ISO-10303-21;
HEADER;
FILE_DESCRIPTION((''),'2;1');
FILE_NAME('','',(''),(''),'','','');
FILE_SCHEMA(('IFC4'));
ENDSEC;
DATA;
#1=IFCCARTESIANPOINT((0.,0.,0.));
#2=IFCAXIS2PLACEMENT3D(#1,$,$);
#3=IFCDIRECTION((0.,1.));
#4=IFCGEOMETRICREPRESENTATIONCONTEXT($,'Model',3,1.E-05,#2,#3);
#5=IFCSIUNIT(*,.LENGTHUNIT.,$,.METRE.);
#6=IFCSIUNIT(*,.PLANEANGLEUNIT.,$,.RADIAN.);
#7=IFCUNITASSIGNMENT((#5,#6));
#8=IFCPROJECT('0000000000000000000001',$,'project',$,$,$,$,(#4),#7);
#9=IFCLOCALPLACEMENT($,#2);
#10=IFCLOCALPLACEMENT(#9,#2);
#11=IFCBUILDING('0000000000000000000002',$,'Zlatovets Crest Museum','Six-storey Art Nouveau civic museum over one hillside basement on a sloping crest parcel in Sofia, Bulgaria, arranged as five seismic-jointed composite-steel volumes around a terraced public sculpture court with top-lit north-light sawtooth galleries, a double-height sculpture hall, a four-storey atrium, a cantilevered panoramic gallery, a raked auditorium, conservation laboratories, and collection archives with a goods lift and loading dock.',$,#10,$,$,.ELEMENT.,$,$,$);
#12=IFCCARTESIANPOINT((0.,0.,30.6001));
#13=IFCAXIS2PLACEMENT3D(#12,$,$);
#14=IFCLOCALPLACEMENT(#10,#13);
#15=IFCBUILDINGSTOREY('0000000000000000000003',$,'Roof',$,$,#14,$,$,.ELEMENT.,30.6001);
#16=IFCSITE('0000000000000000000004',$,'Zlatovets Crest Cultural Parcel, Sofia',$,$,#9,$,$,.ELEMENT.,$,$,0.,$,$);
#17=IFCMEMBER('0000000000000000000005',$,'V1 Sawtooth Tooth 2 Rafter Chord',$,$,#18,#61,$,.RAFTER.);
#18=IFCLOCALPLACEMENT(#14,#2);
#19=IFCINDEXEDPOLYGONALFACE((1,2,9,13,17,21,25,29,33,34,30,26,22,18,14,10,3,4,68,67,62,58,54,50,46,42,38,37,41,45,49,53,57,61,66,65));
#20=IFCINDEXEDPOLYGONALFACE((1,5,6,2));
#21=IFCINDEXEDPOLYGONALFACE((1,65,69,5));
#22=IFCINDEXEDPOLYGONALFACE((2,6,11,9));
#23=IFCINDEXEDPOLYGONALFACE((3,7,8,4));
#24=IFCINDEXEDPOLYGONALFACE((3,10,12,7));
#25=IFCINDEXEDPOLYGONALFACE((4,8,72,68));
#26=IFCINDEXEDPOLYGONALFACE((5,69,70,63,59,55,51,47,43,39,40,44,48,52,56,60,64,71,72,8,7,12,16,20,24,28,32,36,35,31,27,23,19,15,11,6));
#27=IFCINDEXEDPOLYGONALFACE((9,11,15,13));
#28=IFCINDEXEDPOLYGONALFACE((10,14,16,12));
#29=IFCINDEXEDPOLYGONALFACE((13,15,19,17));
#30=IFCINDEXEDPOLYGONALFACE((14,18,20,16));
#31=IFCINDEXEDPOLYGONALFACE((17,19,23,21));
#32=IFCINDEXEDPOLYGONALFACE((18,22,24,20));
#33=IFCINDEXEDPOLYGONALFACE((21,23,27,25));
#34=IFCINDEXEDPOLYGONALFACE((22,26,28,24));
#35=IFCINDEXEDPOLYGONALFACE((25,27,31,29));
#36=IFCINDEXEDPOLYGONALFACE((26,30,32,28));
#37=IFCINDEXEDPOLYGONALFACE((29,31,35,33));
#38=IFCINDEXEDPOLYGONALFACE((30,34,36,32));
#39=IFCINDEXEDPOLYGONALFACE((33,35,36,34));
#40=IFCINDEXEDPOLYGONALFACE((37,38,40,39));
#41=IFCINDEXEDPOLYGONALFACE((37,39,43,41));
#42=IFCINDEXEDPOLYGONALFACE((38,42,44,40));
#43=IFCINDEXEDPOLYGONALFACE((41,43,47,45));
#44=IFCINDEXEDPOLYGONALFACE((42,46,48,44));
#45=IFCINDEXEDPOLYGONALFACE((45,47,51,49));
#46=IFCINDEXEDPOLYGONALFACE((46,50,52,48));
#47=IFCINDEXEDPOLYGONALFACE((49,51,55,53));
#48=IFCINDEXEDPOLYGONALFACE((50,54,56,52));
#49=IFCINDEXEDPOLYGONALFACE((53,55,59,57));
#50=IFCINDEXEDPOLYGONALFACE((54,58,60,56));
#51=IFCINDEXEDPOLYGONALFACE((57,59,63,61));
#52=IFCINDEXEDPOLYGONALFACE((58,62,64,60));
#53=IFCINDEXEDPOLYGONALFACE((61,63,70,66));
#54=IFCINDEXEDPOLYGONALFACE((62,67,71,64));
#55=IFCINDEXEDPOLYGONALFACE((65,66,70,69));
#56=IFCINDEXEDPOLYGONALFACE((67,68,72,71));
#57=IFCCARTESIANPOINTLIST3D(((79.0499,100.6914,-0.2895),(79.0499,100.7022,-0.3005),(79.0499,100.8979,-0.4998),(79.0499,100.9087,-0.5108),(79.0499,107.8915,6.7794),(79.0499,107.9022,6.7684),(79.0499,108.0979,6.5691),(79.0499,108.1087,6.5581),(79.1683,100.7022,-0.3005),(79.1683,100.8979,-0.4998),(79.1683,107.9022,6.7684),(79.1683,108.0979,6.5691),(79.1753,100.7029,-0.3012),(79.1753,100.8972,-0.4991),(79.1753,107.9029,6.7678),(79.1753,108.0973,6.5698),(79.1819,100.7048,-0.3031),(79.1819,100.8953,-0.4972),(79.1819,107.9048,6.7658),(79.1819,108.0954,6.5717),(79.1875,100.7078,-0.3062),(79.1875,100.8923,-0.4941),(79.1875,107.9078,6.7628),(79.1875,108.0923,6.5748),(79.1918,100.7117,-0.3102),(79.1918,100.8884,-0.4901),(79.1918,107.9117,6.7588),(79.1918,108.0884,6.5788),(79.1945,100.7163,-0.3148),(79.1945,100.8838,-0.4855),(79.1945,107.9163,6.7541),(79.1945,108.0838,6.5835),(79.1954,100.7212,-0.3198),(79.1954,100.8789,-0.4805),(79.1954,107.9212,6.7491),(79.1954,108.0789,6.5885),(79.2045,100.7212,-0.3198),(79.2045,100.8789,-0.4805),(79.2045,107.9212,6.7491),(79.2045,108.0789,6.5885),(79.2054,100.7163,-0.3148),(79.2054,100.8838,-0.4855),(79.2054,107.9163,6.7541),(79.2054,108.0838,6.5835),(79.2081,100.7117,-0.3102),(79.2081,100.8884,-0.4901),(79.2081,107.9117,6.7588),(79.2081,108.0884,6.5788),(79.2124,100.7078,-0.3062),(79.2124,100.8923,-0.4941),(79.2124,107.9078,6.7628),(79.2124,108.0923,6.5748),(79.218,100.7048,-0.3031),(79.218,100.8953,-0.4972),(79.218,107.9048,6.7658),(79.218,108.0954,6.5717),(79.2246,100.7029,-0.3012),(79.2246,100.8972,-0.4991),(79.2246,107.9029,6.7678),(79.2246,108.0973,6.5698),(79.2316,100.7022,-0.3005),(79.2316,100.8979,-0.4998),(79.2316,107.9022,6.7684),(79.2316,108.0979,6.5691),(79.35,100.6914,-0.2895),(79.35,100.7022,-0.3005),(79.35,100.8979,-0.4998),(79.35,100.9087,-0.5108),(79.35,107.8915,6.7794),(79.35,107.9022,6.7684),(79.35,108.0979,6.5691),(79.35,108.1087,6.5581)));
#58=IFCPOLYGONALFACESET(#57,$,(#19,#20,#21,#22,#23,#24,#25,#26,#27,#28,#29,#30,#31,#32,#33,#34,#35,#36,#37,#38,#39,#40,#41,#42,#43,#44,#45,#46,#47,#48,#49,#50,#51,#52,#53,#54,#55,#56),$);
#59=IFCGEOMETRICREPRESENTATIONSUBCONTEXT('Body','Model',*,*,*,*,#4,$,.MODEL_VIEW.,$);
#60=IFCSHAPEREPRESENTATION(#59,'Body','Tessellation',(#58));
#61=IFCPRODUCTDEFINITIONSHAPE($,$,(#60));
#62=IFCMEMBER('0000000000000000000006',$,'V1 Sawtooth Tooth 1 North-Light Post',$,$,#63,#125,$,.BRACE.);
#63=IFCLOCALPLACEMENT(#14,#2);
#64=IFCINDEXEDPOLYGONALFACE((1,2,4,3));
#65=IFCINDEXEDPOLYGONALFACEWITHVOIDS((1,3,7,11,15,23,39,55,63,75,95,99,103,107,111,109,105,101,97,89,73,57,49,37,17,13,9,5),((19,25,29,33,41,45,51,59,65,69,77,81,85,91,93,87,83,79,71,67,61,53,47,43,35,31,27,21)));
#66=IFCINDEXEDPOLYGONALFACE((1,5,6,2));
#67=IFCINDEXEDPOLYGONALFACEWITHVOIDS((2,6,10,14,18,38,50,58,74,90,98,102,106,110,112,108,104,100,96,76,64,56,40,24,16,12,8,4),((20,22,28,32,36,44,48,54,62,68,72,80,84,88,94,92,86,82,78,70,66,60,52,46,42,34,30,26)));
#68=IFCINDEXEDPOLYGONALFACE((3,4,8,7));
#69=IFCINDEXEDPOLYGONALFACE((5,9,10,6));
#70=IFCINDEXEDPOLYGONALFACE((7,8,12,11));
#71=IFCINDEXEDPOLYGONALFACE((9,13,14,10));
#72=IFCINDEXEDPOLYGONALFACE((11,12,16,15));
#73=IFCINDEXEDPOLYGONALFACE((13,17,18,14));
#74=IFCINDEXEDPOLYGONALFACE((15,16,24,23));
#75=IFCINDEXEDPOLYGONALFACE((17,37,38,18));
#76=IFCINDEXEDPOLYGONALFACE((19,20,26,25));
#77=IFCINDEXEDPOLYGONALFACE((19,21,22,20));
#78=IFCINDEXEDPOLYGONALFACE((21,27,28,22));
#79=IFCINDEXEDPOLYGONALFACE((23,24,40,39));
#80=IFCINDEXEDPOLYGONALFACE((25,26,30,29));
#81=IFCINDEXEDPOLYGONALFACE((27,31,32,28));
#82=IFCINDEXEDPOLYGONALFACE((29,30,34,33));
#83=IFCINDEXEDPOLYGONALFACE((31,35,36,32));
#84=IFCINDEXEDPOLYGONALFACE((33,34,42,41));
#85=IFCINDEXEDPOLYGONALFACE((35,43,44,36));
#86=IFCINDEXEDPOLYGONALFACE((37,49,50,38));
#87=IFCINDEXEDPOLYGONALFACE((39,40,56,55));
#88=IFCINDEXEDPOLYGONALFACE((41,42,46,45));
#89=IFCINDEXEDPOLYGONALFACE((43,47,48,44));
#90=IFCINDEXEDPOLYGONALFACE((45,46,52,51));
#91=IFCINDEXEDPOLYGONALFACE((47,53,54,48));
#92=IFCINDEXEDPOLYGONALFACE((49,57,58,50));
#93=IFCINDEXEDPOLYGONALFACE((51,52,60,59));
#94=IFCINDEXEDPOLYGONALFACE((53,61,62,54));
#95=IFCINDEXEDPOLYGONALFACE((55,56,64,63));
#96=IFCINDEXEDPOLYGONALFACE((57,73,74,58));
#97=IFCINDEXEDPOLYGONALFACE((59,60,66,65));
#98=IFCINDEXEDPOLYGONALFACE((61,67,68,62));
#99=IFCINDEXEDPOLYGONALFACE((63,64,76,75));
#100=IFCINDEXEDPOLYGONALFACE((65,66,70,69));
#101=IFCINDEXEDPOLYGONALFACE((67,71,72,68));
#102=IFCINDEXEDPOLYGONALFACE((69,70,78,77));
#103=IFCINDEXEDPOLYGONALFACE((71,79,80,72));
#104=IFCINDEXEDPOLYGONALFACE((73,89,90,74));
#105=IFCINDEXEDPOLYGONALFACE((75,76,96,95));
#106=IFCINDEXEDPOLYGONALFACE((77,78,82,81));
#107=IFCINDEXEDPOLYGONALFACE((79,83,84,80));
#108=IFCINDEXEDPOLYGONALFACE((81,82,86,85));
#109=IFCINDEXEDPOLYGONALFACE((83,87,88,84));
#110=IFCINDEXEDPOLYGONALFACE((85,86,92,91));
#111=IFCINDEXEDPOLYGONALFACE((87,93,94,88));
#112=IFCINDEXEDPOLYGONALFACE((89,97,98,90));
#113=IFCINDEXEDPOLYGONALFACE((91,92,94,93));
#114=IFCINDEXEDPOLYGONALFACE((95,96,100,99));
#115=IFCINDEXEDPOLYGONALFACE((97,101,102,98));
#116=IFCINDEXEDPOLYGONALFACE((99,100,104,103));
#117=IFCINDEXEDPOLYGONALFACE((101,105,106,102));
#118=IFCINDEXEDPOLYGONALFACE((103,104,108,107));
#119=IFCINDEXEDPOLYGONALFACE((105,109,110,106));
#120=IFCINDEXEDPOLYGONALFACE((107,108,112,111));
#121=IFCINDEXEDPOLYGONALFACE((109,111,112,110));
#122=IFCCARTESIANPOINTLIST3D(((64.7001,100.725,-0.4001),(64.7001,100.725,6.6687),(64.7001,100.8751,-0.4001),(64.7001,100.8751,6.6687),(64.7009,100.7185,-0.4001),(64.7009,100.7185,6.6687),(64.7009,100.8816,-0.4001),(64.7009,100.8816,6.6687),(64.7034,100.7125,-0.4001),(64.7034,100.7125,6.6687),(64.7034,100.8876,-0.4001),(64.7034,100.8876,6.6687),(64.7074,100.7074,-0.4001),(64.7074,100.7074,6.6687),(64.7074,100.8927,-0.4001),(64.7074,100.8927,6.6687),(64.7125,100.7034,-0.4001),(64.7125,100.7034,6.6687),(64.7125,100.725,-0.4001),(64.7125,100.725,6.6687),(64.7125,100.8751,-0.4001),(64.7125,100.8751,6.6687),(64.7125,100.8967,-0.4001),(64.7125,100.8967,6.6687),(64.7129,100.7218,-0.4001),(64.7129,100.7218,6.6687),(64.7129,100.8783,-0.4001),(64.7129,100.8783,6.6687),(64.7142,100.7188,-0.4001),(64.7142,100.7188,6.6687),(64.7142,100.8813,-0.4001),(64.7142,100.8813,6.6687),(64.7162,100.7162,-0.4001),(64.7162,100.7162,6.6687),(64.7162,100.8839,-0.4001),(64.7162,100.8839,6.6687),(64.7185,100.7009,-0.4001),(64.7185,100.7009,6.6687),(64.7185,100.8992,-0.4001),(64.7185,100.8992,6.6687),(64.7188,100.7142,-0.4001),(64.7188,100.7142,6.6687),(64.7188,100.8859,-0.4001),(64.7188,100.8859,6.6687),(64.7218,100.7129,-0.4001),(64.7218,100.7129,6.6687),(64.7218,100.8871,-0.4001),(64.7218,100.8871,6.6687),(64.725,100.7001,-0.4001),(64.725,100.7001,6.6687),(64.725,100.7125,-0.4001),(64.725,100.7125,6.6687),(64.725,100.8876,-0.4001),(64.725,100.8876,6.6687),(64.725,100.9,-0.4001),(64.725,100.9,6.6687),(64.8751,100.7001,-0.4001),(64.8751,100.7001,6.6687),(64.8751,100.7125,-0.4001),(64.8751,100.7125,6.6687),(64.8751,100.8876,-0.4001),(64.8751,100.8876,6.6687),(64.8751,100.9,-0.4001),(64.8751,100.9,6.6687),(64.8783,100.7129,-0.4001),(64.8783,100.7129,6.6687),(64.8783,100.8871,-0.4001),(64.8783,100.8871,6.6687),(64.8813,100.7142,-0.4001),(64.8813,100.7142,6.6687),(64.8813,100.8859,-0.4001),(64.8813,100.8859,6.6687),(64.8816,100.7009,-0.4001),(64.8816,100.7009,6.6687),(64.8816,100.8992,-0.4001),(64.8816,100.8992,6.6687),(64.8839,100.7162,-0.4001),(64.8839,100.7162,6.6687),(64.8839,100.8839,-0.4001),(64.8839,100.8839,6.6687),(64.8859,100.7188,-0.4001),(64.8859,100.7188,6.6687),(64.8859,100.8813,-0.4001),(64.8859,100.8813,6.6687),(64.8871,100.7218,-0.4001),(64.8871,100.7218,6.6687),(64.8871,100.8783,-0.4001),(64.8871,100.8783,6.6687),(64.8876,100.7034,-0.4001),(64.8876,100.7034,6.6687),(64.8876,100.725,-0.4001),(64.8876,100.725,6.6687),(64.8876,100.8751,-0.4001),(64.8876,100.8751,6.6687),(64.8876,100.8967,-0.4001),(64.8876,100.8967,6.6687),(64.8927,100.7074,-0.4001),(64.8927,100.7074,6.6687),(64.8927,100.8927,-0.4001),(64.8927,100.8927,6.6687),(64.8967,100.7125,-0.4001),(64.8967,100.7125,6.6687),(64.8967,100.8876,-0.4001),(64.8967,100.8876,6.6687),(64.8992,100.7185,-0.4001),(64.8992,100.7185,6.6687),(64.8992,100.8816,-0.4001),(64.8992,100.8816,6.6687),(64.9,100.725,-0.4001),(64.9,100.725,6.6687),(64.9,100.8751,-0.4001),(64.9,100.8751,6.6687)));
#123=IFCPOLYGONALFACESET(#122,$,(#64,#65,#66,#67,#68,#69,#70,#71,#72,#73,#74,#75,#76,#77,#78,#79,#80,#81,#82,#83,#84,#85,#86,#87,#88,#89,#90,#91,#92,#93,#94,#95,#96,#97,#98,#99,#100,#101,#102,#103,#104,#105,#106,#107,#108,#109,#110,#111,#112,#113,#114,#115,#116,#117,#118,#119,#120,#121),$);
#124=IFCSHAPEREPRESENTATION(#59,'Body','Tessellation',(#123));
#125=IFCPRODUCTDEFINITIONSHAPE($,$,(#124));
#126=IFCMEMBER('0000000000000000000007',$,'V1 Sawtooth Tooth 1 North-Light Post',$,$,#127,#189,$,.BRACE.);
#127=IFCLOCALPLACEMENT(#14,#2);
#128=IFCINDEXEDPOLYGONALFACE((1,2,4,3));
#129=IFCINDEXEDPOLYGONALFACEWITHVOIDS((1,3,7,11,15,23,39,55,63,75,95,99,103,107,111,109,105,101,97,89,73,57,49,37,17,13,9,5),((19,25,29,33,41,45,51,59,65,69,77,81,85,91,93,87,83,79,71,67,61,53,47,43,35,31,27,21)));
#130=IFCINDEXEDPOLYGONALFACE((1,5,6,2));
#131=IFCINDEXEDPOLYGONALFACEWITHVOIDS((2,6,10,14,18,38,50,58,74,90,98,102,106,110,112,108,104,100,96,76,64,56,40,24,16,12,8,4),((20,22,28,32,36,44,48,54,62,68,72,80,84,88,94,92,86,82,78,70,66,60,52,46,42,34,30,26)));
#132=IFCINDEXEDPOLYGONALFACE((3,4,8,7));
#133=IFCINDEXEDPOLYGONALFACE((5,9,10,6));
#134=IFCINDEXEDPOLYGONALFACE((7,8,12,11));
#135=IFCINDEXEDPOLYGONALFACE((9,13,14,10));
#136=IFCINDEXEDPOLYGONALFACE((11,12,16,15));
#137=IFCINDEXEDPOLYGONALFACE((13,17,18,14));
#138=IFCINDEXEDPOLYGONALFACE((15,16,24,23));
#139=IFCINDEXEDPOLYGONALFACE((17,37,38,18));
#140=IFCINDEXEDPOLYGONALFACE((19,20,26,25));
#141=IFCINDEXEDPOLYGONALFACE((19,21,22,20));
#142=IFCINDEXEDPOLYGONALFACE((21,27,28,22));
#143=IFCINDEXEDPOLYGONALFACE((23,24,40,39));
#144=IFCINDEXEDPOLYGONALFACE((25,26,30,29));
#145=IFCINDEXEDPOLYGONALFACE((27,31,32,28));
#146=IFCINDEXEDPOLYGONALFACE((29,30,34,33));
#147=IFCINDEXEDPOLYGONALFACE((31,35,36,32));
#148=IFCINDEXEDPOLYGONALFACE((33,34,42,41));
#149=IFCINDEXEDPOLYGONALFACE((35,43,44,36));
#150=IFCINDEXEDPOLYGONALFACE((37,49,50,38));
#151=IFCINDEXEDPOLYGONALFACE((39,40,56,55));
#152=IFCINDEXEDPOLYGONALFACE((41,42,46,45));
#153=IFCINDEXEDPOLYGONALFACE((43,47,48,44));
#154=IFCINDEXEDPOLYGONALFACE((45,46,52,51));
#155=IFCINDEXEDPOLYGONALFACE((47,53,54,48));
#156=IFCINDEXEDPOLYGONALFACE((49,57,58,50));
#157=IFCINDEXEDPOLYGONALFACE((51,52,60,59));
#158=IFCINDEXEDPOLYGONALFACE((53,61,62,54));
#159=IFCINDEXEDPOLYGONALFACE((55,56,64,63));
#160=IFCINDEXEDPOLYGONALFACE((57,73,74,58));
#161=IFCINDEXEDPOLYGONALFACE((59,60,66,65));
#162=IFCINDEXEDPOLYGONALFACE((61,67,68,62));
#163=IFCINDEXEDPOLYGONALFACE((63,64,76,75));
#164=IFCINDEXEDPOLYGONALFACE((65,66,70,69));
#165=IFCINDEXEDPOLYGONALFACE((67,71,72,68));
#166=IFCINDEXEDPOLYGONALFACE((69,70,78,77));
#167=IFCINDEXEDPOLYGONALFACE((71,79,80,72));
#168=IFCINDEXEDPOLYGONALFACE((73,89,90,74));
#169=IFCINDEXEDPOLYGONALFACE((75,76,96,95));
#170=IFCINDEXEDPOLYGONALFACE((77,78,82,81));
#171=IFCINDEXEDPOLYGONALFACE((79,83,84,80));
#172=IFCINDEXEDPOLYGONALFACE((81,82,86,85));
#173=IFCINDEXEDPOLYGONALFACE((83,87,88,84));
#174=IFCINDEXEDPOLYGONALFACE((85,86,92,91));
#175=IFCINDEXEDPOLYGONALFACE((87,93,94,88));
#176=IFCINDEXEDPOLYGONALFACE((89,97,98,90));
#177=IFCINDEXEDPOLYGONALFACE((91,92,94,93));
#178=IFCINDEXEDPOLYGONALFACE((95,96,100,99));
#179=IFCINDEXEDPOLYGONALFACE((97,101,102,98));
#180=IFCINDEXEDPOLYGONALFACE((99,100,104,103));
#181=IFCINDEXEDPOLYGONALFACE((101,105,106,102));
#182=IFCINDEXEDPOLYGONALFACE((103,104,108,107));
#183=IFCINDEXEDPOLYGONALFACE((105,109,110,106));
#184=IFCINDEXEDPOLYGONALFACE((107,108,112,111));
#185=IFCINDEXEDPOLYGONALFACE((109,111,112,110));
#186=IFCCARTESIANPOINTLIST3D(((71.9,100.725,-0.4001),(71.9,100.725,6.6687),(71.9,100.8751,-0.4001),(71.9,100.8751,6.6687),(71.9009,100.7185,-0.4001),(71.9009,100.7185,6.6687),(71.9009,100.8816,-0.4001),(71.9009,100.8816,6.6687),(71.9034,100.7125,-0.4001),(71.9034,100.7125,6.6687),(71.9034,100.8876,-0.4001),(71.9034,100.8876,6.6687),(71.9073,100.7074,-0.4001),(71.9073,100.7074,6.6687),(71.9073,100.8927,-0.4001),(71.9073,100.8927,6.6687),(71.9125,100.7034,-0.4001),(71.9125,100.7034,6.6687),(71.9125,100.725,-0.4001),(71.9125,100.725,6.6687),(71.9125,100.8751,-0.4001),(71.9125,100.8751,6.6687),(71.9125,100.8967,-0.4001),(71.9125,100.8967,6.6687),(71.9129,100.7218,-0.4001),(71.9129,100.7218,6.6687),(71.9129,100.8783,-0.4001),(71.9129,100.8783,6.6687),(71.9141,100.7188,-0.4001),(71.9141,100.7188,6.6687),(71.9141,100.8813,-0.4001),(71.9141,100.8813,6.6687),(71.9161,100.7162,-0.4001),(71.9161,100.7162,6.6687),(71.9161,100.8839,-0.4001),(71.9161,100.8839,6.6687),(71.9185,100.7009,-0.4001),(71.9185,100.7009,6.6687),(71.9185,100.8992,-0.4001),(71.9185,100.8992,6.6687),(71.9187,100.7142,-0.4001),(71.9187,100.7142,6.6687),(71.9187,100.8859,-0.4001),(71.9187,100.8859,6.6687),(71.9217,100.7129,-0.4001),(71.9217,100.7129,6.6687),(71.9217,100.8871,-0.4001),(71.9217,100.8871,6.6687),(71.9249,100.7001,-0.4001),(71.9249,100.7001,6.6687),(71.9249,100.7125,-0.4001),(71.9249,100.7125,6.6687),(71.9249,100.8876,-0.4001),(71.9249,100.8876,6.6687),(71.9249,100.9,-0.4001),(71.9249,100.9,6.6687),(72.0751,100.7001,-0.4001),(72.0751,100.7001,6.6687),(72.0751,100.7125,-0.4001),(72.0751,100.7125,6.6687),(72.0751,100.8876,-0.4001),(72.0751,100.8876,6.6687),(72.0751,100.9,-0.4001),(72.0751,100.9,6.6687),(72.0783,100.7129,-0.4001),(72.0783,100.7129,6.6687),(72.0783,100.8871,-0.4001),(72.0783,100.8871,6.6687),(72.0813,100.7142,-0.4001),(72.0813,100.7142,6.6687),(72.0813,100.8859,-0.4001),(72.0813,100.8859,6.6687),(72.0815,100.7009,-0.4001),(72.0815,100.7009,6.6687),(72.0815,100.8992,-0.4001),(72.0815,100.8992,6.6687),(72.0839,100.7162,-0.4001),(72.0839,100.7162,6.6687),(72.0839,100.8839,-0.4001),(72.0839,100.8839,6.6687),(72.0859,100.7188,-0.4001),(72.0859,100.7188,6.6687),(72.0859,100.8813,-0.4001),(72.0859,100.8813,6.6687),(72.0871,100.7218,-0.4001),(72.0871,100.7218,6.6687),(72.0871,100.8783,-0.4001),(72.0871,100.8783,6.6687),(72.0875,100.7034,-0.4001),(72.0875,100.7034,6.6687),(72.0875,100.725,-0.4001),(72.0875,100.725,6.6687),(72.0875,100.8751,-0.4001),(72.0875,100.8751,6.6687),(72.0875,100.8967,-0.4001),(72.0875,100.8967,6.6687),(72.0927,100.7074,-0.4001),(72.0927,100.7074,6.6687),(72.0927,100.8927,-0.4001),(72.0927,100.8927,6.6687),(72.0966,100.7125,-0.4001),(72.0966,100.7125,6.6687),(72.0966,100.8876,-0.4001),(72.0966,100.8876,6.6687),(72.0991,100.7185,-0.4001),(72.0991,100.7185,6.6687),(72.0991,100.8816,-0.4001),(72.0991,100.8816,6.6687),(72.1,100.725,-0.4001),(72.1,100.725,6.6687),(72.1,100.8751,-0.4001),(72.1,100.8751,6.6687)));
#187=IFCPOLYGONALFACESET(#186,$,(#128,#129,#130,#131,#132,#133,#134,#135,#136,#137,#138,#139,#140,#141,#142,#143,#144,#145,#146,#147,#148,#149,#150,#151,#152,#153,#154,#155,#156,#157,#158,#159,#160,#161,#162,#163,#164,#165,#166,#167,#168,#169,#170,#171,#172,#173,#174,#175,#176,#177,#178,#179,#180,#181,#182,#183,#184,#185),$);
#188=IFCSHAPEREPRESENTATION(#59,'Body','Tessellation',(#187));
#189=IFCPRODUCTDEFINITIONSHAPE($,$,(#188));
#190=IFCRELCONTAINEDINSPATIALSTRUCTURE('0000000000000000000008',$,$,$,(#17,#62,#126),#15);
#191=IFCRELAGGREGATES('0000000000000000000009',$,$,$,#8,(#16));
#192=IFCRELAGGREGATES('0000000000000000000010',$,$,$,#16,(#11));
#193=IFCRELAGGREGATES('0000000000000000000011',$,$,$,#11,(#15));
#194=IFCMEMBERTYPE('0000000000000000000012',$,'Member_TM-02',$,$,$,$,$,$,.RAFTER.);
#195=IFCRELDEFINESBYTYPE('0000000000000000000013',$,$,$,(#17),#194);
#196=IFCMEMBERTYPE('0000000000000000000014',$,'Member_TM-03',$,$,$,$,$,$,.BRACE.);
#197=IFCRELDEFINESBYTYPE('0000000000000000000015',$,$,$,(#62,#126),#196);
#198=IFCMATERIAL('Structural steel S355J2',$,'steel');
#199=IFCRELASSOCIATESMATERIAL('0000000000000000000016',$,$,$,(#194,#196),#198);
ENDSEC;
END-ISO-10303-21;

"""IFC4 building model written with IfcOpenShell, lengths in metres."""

from ifc_helpers import new_model, si_unit, direction, frame, origin, origin_2d, place, context, subcontext, project, spatial, hollow_rectangle, i_section, extrude, material, material_profile, profile_set, type_object, element, save


model = new_model("IFC4")

# Units and contexts
model_context = context("Model", 3, precision=1e-05, world=origin(), true_north=direction((0.0, 1.0)))
body_context = subcontext(model_context, "Body", "Model", "MODEL_VIEW")
ifc_project = project(units=[si_unit("LENGTHUNIT", "METRE"), si_unit("PLANEANGLEUNIT", "RADIAN")], contexts=[model_context])

# Site, building, storey
site_placement = place(None, origin())
site = spatial("IfcSite", under=ifc_project, at=site_placement, Name="Zlatovets Crest Cultural Parcel, Sofia", CompositionType="ELEMENT", RefElevation=0.0)
building_placement = place(site_placement, origin())
building = spatial("IfcBuilding", under=site, at=building_placement, Name="Zlatovets Crest Museum", Description="Six-storey Art Nouveau civic museum over one hillside basement on a sloping crest parcel in Sofia, Bulgaria, arranged as five seismic-jointed composite-steel volumes around a terraced public sculpture court with top-lit north-light sawtooth galleries, a double-height sculpture hall, a four-storey atrium, a cantilevered panoramic gallery, a raked auditorium, conservation laboratories, and collection archives with a goods lift and loading dock.", CompositionType="ELEMENT")
storey_placement = place(building_placement, frame((0.0, 0.0, 30.6001)))
storey = spatial("IfcBuildingStorey", under=building, at=storey_placement, Name="Roof", CompositionType="ELEMENT", Elevation=30.6001)

# Shared definitions
ifc_material_1 = material(Name="Structural steel S355J2", Category="steel")

# Members
ifc_material_profile_1 = material_profile(ifc_material_1, i_section(OverallWidth=0.3, OverallDepth=0.3101, WebThickness=0.009, FlangeThickness=0.0154, FilletRadius=0.0271, at=origin_2d()), Name="HEA 320")
ifc_profile_set_1 = profile_set([ifc_material_profile_1], Name="Structural steel S355J2")
member_type_1 = type_object("IfcMemberType", Name="Member_TM-02", PredefinedType="RAFTER", material=ifc_profile_set_1)
for number, where, z_axis, x_axis, name in (
    (1, (79.2, 100.8, -0.4001), (0.0, 0.713574, 0.70058), (-1.0, 0.0, 0.0), "V1 Sawtooth Tooth 2 Rafter Chord"),
):
    element("IfcMember", number, at=place(storey_placement, frame(where, z_axis=z_axis, x_axis=x_axis)), inside=storey, type_object=member_type_1, Name=name, PredefinedType="RAFTER", context=body_context, shape_type="SweptSolid", body=[
        extrude(i_section(OverallWidth=0.3, OverallDepth=0.3101, WebThickness=0.009, FlangeThickness=0.0154, FilletRadius=0.0271, at=origin_2d()), origin(), (0.0, 0.0, 1.0), 10.0901),
    ])
ifc_material_profile_2 = material_profile(ifc_material_1, hollow_rectangle(XDim=0.2, YDim=0.2, WallThickness=0.0125, InnerFilletRadius=0.0125, OuterFilletRadius=0.0249, at=origin_2d()), Name="SHS 200x200x12.5")
ifc_profile_set_2 = profile_set([ifc_material_profile_2], Name="Structural steel S355J2")
member_type_2 = type_object("IfcMemberType", Name="Member_TM-03", PredefinedType="BRACE", material=ifc_profile_set_2)
for number, where, z_axis, x_axis, name in (
    (2, (64.8, 100.8, -0.4001), (0.0, 0.0, 1.0), (1.0, 0.0, 0.0), "V1 Sawtooth Tooth 1 North-Light Post"),
    (3, (72.0, 100.8, -0.4001), (0.0, 0.0, 1.0), (1.0, 0.0, 0.0), "V1 Sawtooth Tooth 1 North-Light Post"),
):
    element("IfcMember", number, at=place(storey_placement, frame(where, z_axis=z_axis, x_axis=x_axis)), inside=storey, type_object=member_type_2, Name=name, PredefinedType="BRACE", context=body_context, shape_type="SweptSolid", body=[
        extrude(hollow_rectangle(XDim=0.2, YDim=0.2, WallThickness=0.0125, InnerFilletRadius=0.0125, OuterFilletRadius=0.0249, at=origin_2d()), origin(), (0.0, 0.0, 1.0), 7.0688),
    ])

save(model, "model.ifc")
